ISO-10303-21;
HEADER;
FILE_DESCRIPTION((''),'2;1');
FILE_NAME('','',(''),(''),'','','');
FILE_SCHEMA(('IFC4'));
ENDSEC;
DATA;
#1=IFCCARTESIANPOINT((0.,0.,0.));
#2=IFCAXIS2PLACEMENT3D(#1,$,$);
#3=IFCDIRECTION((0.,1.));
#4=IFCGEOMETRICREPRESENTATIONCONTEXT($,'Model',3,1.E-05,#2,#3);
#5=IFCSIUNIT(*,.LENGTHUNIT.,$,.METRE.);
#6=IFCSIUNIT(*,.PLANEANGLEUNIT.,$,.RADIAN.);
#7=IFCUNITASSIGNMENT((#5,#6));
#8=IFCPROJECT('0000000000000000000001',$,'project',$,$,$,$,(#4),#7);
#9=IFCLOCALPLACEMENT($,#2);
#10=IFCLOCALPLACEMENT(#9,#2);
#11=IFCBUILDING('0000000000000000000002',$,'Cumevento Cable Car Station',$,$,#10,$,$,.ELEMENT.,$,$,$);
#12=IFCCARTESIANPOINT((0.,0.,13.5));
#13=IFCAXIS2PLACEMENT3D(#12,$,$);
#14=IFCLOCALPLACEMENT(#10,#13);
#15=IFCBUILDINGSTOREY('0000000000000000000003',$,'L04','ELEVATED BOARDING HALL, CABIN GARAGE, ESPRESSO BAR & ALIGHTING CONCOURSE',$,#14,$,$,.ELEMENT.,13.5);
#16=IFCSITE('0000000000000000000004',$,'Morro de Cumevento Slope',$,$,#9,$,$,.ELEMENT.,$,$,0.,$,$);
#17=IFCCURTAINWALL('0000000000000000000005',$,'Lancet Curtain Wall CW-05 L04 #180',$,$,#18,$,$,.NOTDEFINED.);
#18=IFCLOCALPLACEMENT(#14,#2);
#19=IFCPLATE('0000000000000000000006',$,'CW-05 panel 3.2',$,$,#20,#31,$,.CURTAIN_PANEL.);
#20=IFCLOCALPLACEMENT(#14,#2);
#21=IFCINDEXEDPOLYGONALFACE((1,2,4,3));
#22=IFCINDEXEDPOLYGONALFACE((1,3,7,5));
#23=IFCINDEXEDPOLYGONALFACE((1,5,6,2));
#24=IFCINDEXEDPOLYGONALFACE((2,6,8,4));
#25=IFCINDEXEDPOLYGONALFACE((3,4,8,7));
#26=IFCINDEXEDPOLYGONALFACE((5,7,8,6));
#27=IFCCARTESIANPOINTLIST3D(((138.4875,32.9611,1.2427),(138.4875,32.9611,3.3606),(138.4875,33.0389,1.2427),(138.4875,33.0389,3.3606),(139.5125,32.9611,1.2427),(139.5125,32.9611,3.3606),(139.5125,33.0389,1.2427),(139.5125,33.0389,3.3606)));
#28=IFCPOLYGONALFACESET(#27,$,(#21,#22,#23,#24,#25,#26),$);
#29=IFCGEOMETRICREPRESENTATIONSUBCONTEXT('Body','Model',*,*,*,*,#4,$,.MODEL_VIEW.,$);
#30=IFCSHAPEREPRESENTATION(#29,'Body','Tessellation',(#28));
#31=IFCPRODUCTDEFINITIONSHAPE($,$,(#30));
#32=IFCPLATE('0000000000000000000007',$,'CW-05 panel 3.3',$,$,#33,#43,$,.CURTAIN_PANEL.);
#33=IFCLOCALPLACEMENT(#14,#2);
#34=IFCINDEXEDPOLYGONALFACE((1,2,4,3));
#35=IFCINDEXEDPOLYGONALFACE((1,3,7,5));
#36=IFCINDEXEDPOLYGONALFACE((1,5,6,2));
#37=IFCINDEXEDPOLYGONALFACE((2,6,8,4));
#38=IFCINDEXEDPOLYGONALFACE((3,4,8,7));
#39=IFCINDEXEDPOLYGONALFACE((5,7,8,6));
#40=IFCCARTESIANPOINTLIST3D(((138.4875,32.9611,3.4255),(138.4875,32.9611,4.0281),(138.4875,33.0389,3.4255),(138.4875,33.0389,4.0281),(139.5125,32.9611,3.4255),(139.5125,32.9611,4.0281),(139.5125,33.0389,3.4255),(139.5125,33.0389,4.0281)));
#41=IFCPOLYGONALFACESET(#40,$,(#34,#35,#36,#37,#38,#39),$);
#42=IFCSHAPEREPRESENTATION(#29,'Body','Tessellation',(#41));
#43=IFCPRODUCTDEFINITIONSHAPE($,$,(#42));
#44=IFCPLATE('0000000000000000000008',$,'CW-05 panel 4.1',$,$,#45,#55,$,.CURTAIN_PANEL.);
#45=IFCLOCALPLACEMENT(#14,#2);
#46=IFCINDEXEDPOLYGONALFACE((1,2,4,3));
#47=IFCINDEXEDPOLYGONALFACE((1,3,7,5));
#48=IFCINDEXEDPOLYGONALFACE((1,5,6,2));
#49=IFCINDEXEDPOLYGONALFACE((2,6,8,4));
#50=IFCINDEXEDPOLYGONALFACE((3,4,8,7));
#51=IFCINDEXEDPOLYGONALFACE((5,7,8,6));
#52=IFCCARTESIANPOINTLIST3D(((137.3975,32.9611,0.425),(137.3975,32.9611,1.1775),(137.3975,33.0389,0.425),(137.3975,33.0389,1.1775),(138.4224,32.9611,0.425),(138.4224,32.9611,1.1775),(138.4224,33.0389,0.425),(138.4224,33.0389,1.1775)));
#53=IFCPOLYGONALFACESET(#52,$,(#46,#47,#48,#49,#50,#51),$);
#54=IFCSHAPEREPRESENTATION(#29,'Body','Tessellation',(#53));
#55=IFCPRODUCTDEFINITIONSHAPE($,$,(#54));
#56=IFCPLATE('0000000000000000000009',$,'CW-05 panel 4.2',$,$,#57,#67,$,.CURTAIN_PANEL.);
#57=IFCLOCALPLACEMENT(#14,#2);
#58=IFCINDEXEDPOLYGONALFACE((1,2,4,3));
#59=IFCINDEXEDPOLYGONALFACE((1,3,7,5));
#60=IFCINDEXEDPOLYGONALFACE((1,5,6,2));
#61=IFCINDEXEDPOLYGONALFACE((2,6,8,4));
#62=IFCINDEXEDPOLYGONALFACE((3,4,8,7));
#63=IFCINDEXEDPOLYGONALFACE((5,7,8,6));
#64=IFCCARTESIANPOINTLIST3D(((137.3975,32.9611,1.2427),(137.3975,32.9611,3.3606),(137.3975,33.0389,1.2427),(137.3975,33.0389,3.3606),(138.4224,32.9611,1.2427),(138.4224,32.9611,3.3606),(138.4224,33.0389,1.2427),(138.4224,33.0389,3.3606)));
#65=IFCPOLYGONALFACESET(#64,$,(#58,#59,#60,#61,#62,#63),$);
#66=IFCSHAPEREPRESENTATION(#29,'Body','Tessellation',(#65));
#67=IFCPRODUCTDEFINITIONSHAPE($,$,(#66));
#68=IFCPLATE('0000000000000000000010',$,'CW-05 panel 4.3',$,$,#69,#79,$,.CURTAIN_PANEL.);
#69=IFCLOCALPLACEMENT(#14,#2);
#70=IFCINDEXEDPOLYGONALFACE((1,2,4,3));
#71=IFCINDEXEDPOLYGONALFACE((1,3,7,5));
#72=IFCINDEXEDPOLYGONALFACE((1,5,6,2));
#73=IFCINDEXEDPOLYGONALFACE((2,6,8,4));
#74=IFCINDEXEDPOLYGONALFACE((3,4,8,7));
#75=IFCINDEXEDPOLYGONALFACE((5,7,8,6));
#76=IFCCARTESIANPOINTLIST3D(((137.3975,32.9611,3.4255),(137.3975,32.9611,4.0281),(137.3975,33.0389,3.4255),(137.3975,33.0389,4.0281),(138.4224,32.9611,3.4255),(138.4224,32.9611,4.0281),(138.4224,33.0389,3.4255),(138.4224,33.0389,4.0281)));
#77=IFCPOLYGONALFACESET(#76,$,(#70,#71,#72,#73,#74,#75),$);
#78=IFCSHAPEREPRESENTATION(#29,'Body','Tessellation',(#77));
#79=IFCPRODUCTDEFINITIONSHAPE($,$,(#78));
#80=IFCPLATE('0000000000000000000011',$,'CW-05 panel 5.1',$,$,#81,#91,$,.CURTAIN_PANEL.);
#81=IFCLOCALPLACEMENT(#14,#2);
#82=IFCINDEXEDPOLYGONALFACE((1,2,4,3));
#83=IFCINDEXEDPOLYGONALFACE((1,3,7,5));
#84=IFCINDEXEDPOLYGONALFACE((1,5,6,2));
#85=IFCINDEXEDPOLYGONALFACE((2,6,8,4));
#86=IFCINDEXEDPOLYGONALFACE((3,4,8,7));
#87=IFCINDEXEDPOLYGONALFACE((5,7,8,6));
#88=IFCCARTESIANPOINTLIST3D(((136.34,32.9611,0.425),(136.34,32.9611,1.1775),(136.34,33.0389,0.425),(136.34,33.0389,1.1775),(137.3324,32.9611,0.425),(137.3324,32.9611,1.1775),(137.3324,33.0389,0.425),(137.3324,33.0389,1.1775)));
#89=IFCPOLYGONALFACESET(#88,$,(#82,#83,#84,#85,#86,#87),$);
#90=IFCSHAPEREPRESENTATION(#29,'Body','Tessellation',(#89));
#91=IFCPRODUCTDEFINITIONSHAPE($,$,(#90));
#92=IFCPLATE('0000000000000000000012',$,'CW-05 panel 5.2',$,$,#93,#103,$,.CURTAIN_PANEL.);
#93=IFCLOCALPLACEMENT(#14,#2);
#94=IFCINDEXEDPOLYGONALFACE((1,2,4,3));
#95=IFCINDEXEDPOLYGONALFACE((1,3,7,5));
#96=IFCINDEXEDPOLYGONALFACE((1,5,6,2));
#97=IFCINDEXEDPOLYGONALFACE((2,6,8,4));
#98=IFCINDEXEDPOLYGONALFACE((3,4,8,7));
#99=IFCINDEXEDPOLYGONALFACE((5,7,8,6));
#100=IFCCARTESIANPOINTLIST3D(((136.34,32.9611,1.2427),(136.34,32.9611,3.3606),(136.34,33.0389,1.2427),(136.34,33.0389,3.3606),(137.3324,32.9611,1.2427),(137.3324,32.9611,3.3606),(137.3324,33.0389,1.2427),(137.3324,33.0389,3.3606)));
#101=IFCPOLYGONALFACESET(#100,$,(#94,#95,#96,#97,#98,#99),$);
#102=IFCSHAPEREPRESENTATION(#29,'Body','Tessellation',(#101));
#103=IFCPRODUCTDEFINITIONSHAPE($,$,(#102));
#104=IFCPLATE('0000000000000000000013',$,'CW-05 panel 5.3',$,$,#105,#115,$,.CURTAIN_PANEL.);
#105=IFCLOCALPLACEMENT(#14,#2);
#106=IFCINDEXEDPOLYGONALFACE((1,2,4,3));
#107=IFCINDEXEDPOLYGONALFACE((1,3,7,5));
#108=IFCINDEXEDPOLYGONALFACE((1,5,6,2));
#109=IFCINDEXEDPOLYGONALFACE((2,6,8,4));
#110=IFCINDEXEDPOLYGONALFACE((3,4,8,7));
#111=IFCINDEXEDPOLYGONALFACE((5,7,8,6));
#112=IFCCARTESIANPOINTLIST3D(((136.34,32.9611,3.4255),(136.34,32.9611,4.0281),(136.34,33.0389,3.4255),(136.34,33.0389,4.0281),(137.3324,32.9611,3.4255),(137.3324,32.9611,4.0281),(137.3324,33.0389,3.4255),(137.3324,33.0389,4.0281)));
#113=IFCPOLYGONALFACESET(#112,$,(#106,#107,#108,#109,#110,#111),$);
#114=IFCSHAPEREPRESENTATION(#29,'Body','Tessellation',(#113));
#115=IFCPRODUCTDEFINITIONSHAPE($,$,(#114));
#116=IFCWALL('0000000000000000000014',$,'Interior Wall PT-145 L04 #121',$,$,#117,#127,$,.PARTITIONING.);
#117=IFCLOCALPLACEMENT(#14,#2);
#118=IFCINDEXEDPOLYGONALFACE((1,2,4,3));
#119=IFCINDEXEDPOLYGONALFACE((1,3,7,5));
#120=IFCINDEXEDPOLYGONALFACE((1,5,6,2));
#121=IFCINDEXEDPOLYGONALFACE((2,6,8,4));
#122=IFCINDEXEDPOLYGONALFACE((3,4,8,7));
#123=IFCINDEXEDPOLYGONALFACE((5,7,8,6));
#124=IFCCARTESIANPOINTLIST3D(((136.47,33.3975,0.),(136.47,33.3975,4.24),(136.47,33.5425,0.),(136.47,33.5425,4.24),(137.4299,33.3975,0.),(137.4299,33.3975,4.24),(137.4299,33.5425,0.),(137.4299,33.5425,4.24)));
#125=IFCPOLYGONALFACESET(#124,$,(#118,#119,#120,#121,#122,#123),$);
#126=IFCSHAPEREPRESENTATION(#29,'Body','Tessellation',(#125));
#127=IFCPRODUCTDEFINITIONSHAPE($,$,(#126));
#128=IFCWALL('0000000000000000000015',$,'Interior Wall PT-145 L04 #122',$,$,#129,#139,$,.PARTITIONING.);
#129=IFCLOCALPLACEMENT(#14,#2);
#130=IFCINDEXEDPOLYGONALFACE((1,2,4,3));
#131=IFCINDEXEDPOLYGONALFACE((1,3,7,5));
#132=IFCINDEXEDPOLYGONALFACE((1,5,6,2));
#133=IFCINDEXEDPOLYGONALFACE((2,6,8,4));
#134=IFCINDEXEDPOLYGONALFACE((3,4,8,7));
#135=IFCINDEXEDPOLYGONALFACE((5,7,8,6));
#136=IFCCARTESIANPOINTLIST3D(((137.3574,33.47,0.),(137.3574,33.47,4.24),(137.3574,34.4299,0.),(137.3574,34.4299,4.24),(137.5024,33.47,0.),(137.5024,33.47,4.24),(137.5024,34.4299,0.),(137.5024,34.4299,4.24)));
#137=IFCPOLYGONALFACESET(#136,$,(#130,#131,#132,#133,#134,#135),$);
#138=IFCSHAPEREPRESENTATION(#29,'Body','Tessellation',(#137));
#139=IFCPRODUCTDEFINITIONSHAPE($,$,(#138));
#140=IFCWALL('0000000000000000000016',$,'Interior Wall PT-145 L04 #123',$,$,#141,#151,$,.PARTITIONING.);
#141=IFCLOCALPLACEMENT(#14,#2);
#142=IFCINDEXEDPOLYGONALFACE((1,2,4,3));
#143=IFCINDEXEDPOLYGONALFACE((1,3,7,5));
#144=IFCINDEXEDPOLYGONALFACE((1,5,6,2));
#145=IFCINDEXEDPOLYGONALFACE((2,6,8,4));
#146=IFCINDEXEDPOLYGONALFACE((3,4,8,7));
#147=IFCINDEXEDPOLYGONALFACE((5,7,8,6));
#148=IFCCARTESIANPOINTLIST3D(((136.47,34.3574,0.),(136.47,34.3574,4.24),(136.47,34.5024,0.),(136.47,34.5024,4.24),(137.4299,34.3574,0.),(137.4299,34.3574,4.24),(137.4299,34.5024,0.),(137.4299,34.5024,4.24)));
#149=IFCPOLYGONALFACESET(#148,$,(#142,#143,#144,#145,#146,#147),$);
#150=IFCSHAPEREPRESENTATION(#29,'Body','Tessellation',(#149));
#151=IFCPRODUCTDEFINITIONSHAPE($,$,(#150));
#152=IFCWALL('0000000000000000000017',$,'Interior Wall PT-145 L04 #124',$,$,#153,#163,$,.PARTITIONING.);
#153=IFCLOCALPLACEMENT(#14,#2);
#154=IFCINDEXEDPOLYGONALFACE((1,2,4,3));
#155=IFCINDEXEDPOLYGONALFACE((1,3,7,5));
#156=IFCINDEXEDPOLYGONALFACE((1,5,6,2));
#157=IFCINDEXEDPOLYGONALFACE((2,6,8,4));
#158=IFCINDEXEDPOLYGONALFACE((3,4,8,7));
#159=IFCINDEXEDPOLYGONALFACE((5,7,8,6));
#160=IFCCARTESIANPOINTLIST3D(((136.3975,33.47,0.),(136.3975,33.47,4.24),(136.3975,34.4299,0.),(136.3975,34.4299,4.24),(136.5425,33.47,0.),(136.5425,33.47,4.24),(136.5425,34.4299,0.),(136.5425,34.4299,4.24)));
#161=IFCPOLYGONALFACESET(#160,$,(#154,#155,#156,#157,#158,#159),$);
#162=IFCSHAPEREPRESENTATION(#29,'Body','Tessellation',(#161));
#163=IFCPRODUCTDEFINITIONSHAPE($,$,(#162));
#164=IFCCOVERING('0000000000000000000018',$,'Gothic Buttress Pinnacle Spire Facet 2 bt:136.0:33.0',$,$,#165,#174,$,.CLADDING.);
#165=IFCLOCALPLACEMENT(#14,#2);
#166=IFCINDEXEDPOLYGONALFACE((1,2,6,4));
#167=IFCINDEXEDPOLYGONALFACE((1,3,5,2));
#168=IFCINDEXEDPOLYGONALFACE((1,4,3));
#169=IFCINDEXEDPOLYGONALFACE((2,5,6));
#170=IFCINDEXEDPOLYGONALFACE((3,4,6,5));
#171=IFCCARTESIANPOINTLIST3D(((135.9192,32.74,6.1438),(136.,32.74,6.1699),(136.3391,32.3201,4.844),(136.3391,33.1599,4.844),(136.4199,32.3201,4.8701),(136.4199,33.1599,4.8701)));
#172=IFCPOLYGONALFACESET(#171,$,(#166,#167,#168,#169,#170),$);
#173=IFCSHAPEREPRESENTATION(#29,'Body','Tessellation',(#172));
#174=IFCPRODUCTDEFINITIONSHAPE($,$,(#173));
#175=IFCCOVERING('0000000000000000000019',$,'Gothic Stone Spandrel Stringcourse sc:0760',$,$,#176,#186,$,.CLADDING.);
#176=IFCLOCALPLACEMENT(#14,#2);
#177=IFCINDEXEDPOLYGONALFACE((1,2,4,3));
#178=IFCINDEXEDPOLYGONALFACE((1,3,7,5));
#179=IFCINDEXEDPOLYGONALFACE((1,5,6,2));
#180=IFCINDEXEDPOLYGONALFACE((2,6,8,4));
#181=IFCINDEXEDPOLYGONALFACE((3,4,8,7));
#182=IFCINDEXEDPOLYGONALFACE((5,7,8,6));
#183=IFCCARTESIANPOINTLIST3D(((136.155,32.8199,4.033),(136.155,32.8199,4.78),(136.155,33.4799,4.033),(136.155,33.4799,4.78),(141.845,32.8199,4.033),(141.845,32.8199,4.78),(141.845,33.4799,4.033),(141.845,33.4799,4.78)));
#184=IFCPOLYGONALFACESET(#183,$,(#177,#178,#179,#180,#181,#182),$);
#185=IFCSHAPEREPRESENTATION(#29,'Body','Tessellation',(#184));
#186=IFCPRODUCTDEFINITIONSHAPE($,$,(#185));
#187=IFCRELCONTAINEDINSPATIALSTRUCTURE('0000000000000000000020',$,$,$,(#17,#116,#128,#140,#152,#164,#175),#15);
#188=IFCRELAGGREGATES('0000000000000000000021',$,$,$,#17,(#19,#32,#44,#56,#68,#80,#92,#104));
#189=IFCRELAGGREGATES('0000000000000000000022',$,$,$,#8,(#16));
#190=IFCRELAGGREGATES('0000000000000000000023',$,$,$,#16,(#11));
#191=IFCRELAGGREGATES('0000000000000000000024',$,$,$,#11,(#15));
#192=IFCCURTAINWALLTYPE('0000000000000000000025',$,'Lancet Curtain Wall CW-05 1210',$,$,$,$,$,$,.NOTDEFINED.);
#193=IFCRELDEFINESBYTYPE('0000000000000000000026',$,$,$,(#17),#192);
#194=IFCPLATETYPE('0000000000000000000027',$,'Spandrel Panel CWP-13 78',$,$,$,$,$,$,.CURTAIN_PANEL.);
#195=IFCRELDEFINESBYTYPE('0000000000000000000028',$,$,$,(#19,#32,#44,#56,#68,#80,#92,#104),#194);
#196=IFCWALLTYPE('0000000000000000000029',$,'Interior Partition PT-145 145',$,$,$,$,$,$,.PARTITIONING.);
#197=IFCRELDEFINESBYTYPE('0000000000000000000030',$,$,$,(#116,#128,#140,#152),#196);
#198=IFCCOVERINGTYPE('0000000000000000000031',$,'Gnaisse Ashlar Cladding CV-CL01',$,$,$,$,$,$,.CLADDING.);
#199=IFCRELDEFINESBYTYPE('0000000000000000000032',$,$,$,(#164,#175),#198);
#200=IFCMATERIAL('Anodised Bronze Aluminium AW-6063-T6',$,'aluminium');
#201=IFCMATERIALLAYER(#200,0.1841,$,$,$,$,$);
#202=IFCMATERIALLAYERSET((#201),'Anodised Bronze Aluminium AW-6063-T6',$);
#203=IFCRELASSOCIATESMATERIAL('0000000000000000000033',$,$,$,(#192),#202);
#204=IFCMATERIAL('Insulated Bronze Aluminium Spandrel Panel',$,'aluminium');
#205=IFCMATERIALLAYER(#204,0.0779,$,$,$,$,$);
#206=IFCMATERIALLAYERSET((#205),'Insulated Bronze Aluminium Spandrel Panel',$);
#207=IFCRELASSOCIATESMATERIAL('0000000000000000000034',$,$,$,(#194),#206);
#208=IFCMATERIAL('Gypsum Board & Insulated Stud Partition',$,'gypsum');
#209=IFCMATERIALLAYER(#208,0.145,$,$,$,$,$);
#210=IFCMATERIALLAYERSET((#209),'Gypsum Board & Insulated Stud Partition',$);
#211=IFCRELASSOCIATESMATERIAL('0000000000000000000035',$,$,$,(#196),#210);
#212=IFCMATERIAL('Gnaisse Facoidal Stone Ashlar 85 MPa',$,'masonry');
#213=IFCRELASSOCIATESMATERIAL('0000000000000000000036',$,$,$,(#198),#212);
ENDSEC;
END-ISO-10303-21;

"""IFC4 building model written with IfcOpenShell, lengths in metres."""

from ifc_helpers import new_model, si_unit, direction, frame, frame_2d, origin, origin_2d, place, context, subcontext, project, spatial, polyline, rectangle, outline, extrude, material, layer, layer_set, type_object, element, aggregate, save


model = new_model("IFC4")

# Units and contexts
model_context = context("Model", 3, precision=1e-05, world=origin(), true_north=direction((0.0, 1.0)))
body_context = subcontext(model_context, "Body", "Model", "MODEL_VIEW")
ifc_project = project(units=[si_unit("LENGTHUNIT", "METRE"), si_unit("PLANEANGLEUNIT", "RADIAN")], contexts=[model_context])

# Site, building, storey
site_placement = place(None, origin())
site = spatial("IfcSite", under=ifc_project, at=site_placement, Name="Morro de Cumevento Slope", CompositionType="ELEMENT", RefElevation=0.0)
building_placement = place(site_placement, origin())
building = spatial("IfcBuilding", under=site, at=building_placement, Name="Cumevento Cable Car Station", CompositionType="ELEMENT")
storey_placement = place(building_placement, frame((0.0, 0.0, 13.5)))
storey = spatial("IfcBuildingStorey", under=building, at=storey_placement, Name="L04", Description="ELEVATED BOARDING HALL, CABIN GARAGE, ESPRESSO BAR & ALIGHTING CONCOURSE", CompositionType="ELEMENT", Elevation=13.5)

# Curtain wall, plates
ifc_material_1 = material(Name="Anodised Bronze Aluminium AW-6063-T6", Category="aluminium")
ifc_layer_1 = layer(ifc_material_1, 0.1841)
ifc_layer_set_1 = layer_set([ifc_layer_1], Name="Anodised Bronze Aluminium AW-6063-T6")
curtain_wall_type = type_object("IfcCurtainWallType", Name="Lancet Curtain Wall CW-05 1210", PredefinedType="NOTDEFINED", material=ifc_layer_set_1)
curtain_wall_placement = place(storey_placement, origin())
curtain_wall = element("IfcCurtainWall", 1, at=curtain_wall_placement, inside=storey, type_object=curtain_wall_type, Name="Lancet Curtain Wall CW-05 L04 #180", PredefinedType="NOTDEFINED")
ifc_material_2 = material(Name="Insulated Bronze Aluminium Spandrel Panel", Category="aluminium")
ifc_layer_2 = layer(ifc_material_2, 0.0779)
ifc_layer_set_2 = layer_set([ifc_layer_2], Name="Insulated Bronze Aluminium Spandrel Panel")
plate_type = type_object("IfcPlateType", Name="Spandrel Panel CWP-13 78", PredefinedType="CURTAIN_PANEL", material=ifc_layer_set_2)
plate_1_placement = place(storey_placement, frame((139.0, 33.0, 1.2427), z_axis=(0.0, 0.0, 1.0), x_axis=(-1.0, 0.0, 0.0)))
plate_1 = element("IfcPlate", 2, at=plate_1_placement, type_object=plate_type, Name="CW-05 panel 3.2", PredefinedType="CURTAIN_PANEL", context=body_context, shape_type="SweptSolid", body=[
    extrude(rectangle(XDim=1.0249, YDim=0.0779, at=origin_2d()), origin(), (0.0, 0.0, 1.0), 2.1179),
])
plate_2_placement = place(storey_placement, frame((139.0, 33.0, 3.4255), z_axis=(0.0, 0.0, 1.0), x_axis=(-1.0, 0.0, 0.0)))
plate_2 = element("IfcPlate", 3, at=plate_2_placement, type_object=plate_type, Name="CW-05 panel 3.3", PredefinedType="CURTAIN_PANEL", context=body_context, shape_type="SweptSolid", body=[
    extrude(rectangle(XDim=1.0249, YDim=0.0779, at=origin_2d()), origin(), (0.0, 0.0, 1.0), 0.6025),
])
plate_3_placement = place(storey_placement, frame((137.9099, 33.0, 0.425), z_axis=(0.0, 0.0, 1.0), x_axis=(-1.0, 0.0, 0.0)))
plate_3 = element("IfcPlate", 4, at=plate_3_placement, type_object=plate_type, Name="CW-05 panel 4.1", PredefinedType="CURTAIN_PANEL", context=body_context, shape_type="SweptSolid", body=[
    extrude(rectangle(XDim=1.0249, YDim=0.0779, at=origin_2d()), origin(), (0.0, 0.0, 1.0), 0.7524),
])
plate_4_placement = place(storey_placement, frame((137.9099, 33.0, 1.2427), z_axis=(0.0, 0.0, 1.0), x_axis=(-1.0, 0.0, 0.0)))
plate_4 = element("IfcPlate", 5, at=plate_4_placement, type_object=plate_type, Name="CW-05 panel 4.2", PredefinedType="CURTAIN_PANEL", context=body_context, shape_type="SweptSolid", body=[
    extrude(rectangle(XDim=1.0249, YDim=0.0779, at=origin_2d()), origin(), (0.0, 0.0, 1.0), 2.1179),
])
plate_5_placement = place(storey_placement, frame((137.9099, 33.0, 3.4255), z_axis=(0.0, 0.0, 1.0), x_axis=(-1.0, 0.0, 0.0)))
plate_5 = element("IfcPlate", 6, at=plate_5_placement, type_object=plate_type, Name="CW-05 panel 4.3", PredefinedType="CURTAIN_PANEL", context=body_context, shape_type="SweptSolid", body=[
    extrude(rectangle(XDim=1.0249, YDim=0.0779, at=origin_2d()), origin(), (0.0, 0.0, 1.0), 0.6025),
])
plate_6_placement = place(storey_placement, frame((136.8362, 33.0, 0.425), z_axis=(0.0, 0.0, 1.0), x_axis=(-1.0, 0.0, 0.0)))
plate_6 = element("IfcPlate", 7, at=plate_6_placement, type_object=plate_type, Name="CW-05 panel 5.1", PredefinedType="CURTAIN_PANEL", context=body_context, shape_type="SweptSolid", body=[
    extrude(rectangle(XDim=0.9924, YDim=0.0779, at=origin_2d()), origin(), (0.0, 0.0, 1.0), 0.7524),
])
plate_7_placement = place(storey_placement, frame((136.8362, 33.0, 1.2427), z_axis=(0.0, 0.0, 1.0), x_axis=(-1.0, 0.0, 0.0)))
plate_7 = element("IfcPlate", 8, at=plate_7_placement, type_object=plate_type, Name="CW-05 panel 5.2", PredefinedType="CURTAIN_PANEL", context=body_context, shape_type="SweptSolid", body=[
    extrude(rectangle(XDim=0.9924, YDim=0.0779, at=origin_2d()), origin(), (0.0, 0.0, 1.0), 2.1179),
])
plate_8_placement = place(storey_placement, frame((136.8362, 33.0, 3.4255), z_axis=(0.0, 0.0, 1.0), x_axis=(-1.0, 0.0, 0.0)))
plate_8 = element("IfcPlate", 9, at=plate_8_placement, type_object=plate_type, Name="CW-05 panel 5.3", PredefinedType="CURTAIN_PANEL", context=body_context, shape_type="SweptSolid", body=[
    extrude(rectangle(XDim=0.9924, YDim=0.0779, at=origin_2d()), origin(), (0.0, 0.0, 1.0), 0.6025),
])
aggregate(curtain_wall, [plate_1, plate_2, plate_3, plate_4, plate_5, plate_6, plate_7, plate_8])

# Walls
ifc_material_3 = material(Name="Gypsum Board & Insulated Stud Partition", Category="gypsum")
ifc_layer_3 = layer(ifc_material_3, 0.145)
ifc_layer_set_3 = layer_set([ifc_layer_3], Name="Gypsum Board & Insulated Stud Partition")
wall_type = type_object("IfcWallType", Name="Interior Partition PT-145 145", PredefinedType="PARTITIONING", material=ifc_layer_set_3)
for number, where, z_axis, x_axis, name in (
    (10, (136.47, 33.47, 0.0), (0.0, 0.0, 1.0), (1.0, 0.0, 0.0), "Interior Wall PT-145 L04 #121"),
    (11, (137.4299, 33.47, 0.0), (0.0, 0.0, 1.0), (0.0, 1.0, 0.0), "Interior Wall PT-145 L04 #122"),
    (12, (137.4299, 34.4299, 0.0), (0.0, 0.0, 1.0), (-1.0, 0.0, 0.0), "Interior Wall PT-145 L04 #123"),
    (13, (136.47, 34.4299, 0.0), (0.0, 0.0, 1.0), (0.0, -1.0, 0.0), "Interior Wall PT-145 L04 #124"),
):
    element("IfcWall", number, at=place(storey_placement, frame(where, z_axis=z_axis, x_axis=x_axis)), inside=storey, type_object=wall_type, Name=name, PredefinedType="PARTITIONING", context=body_context, shape_type="SweptSolid", body=[
        extrude(rectangle(XDim=0.96, YDim=0.145, at=frame_2d((0.48, 0.0))), origin(), (0.0, 0.0, 1.0), 4.24),
    ])

# Coverings
ifc_material_4 = material(Name="Gnaisse Facoidal Stone Ashlar 85 MPa", Category="masonry")
covering_type = type_object("IfcCoveringType", Name="Gnaisse Ashlar Cladding CV-CL01", PredefinedType="CLADDING", material=ifc_material_4)
covering_1_placement = place(storey_placement, frame((136.4199, 33.1599, 4.8701), z_axis=(0.951574, 0.0, 0.307421), x_axis=(0.0, -1.0, 0.0)))
element("IfcCovering", 14, at=covering_1_placement, inside=storey, type_object=covering_type, Name="Gothic Buttress Pinnacle Spire Facet 2 bt:136.0:33.0", PredefinedType="CLADDING", context=body_context, shape_type="SweptSolid", body=[
    extrude(outline(polyline([(0.0, 0.0), (0.8398, 0.0), (0.4199, -1.366), (0.0, 0.0)])), origin(), (0.0, 0.0, -1.0), 0.085),
])
covering_2_placement = place(storey_placement, frame((139.0, 33.1499, 4.033), z_axis=(0.0, 0.0, 1.0), x_axis=(-1.0, 0.0, 0.0)))
element("IfcCovering", 15, at=covering_2_placement, inside=storey, type_object=covering_type, Name="Gothic Stone Spandrel Stringcourse sc:0760", PredefinedType="CLADDING", context=body_context, shape_type="SweptSolid", body=[
    extrude(rectangle(XDim=5.6899, YDim=0.6599, at=origin_2d()), origin(), (0.0, 0.0, 1.0), 0.7471),
])

save(model, "model.ifc")
